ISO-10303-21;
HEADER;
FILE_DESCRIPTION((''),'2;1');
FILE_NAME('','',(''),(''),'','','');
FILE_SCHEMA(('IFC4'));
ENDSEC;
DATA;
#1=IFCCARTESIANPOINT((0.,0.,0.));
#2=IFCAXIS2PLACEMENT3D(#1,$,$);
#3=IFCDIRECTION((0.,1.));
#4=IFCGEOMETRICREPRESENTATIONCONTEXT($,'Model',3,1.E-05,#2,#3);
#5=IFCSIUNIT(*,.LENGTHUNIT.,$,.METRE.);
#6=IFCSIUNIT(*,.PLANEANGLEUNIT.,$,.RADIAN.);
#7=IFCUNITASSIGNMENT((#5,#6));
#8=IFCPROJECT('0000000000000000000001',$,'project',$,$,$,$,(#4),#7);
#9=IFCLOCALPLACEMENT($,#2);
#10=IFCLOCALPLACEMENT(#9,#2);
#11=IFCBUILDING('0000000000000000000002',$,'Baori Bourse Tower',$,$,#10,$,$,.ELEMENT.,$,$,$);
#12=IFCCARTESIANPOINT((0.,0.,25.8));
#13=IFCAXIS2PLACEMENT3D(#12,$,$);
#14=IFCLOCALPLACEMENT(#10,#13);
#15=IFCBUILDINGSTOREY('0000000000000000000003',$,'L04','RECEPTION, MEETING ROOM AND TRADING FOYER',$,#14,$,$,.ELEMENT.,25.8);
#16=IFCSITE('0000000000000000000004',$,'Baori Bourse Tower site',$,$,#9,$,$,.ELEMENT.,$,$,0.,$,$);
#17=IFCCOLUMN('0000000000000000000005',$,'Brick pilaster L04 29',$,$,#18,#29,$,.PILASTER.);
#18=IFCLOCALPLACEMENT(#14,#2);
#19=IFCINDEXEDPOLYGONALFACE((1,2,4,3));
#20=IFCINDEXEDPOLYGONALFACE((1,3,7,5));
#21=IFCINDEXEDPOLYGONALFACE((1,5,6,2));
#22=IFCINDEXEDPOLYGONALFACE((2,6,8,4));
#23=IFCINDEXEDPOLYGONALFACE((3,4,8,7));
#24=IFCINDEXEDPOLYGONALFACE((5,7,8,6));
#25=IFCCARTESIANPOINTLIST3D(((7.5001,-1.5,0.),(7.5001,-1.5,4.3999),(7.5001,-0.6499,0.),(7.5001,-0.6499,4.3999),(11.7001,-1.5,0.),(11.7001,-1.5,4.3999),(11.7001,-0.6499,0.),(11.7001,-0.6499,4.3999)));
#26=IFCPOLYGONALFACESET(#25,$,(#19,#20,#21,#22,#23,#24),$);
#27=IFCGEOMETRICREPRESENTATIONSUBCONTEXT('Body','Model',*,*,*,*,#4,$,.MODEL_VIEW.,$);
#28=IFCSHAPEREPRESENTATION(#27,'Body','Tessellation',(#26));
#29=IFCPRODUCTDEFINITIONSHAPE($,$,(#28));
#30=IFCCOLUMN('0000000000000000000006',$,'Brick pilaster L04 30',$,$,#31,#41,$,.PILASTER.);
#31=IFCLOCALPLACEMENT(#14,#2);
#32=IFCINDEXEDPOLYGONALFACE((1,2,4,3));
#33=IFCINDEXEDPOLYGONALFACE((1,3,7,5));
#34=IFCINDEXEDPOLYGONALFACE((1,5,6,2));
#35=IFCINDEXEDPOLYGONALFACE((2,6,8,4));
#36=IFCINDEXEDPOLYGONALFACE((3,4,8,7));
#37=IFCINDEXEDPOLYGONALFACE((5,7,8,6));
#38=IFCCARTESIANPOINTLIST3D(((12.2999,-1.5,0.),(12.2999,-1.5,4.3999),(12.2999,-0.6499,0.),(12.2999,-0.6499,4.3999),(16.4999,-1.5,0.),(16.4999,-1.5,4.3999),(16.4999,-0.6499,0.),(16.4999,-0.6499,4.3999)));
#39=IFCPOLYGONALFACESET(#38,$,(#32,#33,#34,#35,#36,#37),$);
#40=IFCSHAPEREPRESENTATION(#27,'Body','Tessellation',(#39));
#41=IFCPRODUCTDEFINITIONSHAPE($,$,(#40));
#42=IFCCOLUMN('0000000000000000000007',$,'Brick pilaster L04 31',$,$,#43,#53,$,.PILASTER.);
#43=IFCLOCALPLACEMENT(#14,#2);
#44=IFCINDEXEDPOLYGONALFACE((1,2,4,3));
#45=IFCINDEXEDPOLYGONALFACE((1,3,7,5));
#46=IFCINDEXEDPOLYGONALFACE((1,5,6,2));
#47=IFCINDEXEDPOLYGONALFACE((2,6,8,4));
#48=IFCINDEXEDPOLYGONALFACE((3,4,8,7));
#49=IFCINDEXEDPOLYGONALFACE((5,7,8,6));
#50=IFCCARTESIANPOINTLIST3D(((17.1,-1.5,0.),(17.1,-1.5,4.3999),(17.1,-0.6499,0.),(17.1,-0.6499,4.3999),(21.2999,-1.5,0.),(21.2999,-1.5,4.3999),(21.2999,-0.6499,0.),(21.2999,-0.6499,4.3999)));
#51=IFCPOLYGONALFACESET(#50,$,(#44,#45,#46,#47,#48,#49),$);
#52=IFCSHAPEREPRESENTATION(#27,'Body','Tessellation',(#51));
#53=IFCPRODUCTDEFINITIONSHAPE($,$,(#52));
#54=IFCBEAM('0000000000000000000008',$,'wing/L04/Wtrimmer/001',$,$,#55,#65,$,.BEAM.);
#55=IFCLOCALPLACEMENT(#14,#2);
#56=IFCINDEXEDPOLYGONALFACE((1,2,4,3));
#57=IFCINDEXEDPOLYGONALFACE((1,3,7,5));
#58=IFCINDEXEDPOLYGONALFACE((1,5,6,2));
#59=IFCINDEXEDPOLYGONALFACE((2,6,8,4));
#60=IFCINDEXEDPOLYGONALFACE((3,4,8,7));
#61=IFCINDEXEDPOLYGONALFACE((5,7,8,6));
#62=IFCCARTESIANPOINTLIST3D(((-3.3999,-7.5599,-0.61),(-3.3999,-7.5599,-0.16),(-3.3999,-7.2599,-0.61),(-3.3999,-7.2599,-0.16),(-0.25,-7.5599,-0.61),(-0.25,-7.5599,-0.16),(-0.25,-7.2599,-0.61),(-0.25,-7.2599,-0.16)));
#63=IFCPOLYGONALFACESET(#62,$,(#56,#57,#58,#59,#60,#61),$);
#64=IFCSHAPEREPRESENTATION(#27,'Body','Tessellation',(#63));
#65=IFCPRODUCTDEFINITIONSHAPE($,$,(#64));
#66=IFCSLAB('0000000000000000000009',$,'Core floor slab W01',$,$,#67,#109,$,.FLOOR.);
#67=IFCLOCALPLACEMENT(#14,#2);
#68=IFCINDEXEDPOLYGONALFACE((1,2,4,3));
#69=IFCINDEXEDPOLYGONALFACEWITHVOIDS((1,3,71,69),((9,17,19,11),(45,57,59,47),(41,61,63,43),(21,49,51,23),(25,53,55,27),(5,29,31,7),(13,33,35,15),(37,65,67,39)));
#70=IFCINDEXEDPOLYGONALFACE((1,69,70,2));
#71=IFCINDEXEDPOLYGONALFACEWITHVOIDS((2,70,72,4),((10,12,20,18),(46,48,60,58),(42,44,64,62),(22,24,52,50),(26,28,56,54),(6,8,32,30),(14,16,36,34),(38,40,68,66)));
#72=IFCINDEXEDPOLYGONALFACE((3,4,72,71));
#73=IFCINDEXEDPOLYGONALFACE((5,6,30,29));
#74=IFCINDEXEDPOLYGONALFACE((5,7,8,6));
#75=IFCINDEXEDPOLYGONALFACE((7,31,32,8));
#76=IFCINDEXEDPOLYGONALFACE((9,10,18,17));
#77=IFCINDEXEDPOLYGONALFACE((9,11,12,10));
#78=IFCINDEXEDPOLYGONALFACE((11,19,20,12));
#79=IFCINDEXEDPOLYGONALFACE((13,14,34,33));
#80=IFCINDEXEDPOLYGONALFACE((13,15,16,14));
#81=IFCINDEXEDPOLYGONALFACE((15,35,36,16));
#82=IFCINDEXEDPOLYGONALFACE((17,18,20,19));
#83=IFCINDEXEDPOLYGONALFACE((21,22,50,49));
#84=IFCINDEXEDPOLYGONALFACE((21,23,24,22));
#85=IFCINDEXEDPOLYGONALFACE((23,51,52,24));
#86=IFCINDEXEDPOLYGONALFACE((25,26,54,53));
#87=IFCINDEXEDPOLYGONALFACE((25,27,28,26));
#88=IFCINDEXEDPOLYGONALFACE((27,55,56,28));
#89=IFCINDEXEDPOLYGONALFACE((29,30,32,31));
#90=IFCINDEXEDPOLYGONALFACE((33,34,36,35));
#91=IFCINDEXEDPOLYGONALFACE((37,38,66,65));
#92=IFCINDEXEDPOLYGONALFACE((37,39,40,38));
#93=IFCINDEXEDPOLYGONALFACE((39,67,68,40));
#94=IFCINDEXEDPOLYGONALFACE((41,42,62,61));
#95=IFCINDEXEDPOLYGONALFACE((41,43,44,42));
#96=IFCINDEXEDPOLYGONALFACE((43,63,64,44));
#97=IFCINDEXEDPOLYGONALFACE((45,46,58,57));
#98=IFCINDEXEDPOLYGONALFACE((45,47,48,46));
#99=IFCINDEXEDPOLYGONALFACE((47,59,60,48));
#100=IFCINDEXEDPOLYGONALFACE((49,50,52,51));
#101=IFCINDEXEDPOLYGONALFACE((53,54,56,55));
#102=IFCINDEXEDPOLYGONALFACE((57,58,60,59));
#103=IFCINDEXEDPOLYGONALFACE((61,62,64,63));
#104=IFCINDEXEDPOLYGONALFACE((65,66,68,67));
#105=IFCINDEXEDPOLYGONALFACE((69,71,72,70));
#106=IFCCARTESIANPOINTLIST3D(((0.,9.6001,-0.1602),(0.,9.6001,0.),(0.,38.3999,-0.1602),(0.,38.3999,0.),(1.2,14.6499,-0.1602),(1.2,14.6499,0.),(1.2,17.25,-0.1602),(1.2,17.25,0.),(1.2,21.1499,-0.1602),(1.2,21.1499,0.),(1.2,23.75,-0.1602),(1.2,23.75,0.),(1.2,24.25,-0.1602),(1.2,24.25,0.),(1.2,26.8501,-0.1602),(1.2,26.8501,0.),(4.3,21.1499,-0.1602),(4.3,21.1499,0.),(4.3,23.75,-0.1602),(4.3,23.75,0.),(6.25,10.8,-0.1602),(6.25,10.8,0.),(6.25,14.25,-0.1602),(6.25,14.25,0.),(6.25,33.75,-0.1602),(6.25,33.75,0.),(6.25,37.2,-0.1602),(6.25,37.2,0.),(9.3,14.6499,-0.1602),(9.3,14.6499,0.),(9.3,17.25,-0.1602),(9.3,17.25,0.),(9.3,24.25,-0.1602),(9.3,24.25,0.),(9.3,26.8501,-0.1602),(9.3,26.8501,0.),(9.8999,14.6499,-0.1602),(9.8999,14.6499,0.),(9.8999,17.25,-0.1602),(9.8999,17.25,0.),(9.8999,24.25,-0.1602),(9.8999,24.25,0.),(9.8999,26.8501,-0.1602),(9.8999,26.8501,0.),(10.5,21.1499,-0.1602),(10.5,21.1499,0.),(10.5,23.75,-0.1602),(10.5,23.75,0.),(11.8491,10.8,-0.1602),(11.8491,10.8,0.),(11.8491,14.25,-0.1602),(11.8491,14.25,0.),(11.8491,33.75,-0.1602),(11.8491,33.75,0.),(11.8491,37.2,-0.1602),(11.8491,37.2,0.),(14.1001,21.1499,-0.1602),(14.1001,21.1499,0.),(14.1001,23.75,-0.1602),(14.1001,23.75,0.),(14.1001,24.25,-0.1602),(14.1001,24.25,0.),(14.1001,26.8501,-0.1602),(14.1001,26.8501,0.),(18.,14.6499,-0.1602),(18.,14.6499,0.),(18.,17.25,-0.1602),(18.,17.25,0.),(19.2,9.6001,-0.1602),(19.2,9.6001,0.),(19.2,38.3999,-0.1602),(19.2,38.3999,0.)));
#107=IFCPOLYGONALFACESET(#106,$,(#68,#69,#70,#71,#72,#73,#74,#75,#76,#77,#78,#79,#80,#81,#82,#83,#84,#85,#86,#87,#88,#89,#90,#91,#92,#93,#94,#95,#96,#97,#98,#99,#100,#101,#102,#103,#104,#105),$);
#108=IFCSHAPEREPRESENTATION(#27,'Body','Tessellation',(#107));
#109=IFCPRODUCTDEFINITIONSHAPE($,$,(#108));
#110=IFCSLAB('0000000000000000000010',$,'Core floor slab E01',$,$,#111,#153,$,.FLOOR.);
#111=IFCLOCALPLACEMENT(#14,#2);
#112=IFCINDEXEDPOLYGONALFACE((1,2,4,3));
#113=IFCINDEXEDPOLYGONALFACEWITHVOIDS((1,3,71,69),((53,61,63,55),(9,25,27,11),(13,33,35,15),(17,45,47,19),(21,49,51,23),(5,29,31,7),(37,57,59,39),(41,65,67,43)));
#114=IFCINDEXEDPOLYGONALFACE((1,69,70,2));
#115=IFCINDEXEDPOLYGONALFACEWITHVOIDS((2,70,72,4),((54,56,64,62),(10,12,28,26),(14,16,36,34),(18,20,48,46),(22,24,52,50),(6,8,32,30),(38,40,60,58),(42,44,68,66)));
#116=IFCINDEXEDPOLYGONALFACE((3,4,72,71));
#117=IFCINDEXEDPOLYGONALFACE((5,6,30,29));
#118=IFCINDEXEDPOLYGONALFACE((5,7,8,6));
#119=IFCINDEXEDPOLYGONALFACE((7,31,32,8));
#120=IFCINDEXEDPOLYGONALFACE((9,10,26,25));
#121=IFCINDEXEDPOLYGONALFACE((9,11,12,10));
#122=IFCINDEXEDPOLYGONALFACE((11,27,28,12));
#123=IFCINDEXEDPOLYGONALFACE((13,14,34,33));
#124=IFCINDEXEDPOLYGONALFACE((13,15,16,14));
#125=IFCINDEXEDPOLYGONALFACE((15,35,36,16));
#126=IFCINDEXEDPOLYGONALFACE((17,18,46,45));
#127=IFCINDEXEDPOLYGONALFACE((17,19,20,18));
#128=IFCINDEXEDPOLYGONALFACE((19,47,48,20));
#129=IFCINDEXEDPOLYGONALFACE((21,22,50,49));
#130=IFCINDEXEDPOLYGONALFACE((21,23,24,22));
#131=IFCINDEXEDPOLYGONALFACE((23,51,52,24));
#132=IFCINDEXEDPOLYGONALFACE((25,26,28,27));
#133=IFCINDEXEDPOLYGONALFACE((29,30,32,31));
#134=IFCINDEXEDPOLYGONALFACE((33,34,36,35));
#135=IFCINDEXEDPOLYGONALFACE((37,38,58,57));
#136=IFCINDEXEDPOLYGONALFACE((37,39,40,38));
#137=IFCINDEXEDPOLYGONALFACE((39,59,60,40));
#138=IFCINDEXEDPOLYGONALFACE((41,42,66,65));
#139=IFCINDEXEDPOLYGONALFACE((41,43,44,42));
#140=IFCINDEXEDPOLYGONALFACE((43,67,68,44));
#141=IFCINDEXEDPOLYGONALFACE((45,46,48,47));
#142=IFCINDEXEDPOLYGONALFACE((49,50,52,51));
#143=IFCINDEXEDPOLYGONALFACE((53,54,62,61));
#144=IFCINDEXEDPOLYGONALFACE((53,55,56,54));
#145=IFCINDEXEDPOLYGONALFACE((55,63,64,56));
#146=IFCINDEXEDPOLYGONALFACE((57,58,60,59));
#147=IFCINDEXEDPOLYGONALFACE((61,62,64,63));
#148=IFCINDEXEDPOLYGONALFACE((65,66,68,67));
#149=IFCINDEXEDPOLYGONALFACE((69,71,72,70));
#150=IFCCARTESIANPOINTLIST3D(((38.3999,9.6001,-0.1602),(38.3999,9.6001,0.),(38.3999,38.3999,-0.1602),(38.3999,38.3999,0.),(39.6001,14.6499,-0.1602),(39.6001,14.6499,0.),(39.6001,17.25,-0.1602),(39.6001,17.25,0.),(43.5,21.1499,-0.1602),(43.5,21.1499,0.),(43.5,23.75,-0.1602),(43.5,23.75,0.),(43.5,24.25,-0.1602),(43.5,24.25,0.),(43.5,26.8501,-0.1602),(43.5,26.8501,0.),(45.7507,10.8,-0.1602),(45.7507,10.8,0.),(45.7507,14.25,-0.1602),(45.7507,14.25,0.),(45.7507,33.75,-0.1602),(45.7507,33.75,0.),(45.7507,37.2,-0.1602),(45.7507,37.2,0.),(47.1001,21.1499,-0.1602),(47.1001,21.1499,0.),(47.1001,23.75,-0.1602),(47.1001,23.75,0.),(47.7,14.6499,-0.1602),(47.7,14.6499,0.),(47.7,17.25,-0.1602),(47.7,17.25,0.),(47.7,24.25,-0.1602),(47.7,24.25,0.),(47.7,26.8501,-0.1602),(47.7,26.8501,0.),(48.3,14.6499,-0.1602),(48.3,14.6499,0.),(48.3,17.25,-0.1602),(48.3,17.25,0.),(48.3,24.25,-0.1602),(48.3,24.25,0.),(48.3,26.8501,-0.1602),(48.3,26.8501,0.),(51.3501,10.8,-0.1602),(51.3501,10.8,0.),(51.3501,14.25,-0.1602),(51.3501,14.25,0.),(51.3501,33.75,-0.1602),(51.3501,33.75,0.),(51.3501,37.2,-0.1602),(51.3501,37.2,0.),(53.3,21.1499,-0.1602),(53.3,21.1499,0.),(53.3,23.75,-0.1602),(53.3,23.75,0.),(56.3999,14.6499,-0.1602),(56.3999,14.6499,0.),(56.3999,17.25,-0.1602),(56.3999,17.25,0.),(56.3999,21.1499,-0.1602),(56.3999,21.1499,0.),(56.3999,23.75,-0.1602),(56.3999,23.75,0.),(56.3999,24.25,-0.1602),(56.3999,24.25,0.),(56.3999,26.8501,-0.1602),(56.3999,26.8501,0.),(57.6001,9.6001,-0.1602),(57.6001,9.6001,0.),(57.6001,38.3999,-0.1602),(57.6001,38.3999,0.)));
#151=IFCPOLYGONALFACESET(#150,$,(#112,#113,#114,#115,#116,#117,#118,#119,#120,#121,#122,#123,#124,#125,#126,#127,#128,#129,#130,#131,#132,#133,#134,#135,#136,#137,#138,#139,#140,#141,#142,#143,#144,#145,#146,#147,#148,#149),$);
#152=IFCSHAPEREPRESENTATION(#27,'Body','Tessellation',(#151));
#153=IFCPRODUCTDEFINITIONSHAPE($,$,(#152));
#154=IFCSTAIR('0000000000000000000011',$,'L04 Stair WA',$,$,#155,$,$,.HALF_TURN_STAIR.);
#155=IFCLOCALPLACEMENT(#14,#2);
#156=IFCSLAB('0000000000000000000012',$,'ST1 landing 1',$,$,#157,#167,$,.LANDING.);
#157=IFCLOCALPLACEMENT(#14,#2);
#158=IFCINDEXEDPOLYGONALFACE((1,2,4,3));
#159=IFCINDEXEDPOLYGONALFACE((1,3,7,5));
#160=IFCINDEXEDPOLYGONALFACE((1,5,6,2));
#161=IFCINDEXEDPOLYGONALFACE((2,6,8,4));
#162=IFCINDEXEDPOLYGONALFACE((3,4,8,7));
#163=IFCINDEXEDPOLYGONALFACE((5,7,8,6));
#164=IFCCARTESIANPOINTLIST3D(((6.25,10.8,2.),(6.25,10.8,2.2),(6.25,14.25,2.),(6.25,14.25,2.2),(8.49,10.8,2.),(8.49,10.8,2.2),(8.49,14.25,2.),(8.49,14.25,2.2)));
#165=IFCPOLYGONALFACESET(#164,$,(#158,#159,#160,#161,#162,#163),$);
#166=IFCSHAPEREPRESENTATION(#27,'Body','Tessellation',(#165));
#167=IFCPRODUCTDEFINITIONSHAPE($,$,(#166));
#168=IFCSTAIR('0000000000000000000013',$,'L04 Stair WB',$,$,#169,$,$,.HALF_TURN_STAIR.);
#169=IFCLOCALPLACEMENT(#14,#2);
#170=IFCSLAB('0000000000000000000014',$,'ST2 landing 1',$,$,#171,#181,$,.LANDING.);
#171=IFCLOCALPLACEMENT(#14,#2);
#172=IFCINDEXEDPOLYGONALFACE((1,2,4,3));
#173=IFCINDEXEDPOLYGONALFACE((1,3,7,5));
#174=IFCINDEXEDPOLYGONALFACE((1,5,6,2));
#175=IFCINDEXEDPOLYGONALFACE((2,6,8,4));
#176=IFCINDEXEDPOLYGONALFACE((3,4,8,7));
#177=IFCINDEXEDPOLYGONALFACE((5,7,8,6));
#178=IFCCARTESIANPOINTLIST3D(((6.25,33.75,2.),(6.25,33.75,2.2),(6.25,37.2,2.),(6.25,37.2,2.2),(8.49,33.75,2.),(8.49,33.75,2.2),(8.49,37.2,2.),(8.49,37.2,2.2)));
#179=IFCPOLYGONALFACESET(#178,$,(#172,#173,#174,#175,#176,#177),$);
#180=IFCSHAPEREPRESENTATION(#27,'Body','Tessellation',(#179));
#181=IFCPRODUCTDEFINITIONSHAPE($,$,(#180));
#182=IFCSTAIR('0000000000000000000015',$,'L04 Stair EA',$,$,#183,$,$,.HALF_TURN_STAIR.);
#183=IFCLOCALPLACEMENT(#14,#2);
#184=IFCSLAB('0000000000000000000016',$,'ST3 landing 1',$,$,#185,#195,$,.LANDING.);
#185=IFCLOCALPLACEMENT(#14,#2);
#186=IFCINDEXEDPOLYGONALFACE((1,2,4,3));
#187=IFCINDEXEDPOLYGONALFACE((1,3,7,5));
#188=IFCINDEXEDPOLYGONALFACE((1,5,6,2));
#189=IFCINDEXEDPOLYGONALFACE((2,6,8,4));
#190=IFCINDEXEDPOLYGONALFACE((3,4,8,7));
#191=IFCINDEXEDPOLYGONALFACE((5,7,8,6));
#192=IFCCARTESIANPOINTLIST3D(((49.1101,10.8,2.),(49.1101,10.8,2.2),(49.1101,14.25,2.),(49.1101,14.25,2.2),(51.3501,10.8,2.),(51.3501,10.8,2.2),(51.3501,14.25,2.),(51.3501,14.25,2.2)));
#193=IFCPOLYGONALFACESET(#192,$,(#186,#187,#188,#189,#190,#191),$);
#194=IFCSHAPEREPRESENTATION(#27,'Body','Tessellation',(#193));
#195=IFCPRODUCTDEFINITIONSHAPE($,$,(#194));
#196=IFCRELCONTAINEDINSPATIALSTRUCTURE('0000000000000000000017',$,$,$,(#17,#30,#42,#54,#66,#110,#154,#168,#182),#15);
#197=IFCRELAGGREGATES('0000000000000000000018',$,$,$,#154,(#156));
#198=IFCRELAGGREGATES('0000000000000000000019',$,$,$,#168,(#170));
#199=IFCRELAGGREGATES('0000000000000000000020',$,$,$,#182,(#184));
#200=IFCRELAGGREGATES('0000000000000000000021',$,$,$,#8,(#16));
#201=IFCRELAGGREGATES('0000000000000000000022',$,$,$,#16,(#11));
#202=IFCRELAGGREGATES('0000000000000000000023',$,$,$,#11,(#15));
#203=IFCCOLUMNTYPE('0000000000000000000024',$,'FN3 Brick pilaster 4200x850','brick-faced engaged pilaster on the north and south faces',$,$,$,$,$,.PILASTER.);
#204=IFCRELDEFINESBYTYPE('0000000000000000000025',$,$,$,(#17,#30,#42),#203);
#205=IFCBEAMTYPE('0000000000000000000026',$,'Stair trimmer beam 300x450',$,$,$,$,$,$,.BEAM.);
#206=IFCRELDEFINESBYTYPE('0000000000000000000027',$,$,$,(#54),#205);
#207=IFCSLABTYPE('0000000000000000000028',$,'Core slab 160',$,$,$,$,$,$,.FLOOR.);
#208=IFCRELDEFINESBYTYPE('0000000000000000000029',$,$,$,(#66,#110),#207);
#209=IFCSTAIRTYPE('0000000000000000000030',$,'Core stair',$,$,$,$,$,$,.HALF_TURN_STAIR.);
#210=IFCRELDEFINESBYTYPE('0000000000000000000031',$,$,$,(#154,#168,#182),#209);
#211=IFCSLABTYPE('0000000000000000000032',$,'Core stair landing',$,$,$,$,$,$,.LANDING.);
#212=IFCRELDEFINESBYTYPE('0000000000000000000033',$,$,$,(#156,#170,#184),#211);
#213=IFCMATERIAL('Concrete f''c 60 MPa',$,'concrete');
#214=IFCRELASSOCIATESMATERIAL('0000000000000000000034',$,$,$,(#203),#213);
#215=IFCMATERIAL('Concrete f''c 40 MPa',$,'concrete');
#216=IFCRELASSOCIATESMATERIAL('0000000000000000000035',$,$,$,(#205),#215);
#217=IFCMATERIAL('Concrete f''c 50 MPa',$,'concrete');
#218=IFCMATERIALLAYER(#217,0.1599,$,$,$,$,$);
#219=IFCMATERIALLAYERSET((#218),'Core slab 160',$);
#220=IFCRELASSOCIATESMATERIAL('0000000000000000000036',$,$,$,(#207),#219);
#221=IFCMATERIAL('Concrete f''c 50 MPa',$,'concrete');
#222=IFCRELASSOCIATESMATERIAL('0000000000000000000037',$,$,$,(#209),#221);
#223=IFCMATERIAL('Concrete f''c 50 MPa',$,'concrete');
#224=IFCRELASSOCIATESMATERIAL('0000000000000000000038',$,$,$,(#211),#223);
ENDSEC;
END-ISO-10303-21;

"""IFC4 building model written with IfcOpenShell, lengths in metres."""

from ifc_helpers import new_model, si_unit, direction, frame, origin, origin_2d, place, context, subcontext, project, spatial, polyline, rectangle, outline, extrude, material, layer, layer_set, material_profile, profile_set, type_object, element, aggregate, save


model = new_model("IFC4")

# Units and contexts
model_context = context("Model", 3, precision=1e-05, world=origin(), true_north=direction((0.0, 1.0)))
body_context = subcontext(model_context, "Body", "Model", "MODEL_VIEW")
ifc_project = project(units=[si_unit("LENGTHUNIT", "METRE"), si_unit("PLANEANGLEUNIT", "RADIAN")], contexts=[model_context])

# Site, building, storey
site_placement = place(None, origin())
site = spatial("IfcSite", under=ifc_project, at=site_placement, Name="Baori Bourse Tower site", CompositionType="ELEMENT", RefElevation=0.0)
building_placement = place(site_placement, origin())
building = spatial("IfcBuilding", under=site, at=building_placement, Name="Baori Bourse Tower", CompositionType="ELEMENT")
storey_placement = place(building_placement, frame((0.0, 0.0, 25.8)))
storey = spatial("IfcBuildingStorey", under=building, at=storey_placement, Name="L04", Description="RECEPTION, MEETING ROOM AND TRADING FOYER", CompositionType="ELEMENT", Elevation=25.8)

# Columns
ifc_material_1 = material(Name="Concrete f'c 60 MPa", Category="concrete")
ifc_material_profile_1 = material_profile(ifc_material_1, rectangle(XDim=4.2, YDim=0.8501, at=origin_2d()), Name="RC 4200x850")
ifc_profile_set_1 = profile_set([ifc_material_profile_1], Name="Concrete f'c 60 MPa")
column_type = type_object("IfcColumnType", Name="FN3 Brick pilaster 4200x850", Description="brick-faced engaged pilaster on the north and south faces", PredefinedType="PILASTER", material=ifc_profile_set_1)
for number, where, z_axis, x_axis, name in (
    (1, (9.6001, -1.075, 0.0), (0.0, 0.0, 1.0), (1.0, 0.0, 0.0), "Brick pilaster L04 29"),
    (2, (14.3999, -1.075, 0.0), (0.0, 0.0, 1.0), (1.0, 0.0, 0.0), "Brick pilaster L04 30"),
    (3, (19.2, -1.075, 0.0), (0.0, 0.0, 1.0), (1.0, 0.0, 0.0), "Brick pilaster L04 31"),
):
    element("IfcColumn", number, at=place(storey_placement, frame(where, z_axis=z_axis, x_axis=x_axis)), inside=storey, type_object=column_type, Name=name, PredefinedType="PILASTER", context=body_context, shape_type="SweptSolid", body=[
        extrude(rectangle(XDim=4.2, YDim=0.8501, at=origin_2d()), origin(), (0.0, 0.0, 1.0), 4.3999),
    ])

# Beam
ifc_material_2 = material(Name="Concrete f'c 40 MPa", Category="concrete")
ifc_material_profile_2 = material_profile(ifc_material_2, rectangle(XDim=0.3, YDim=0.45, at=origin_2d()), Name="Stair trimmer beam 300x450")
ifc_profile_set_2 = profile_set([ifc_material_profile_2], Name="Concrete f'c 40 MPa")
beam_type = type_object("IfcBeamType", Name="Stair trimmer beam 300x450", PredefinedType="BEAM", material=ifc_profile_set_2)
beam_placement = place(storey_placement, frame((-0.25, -7.4099, -0.385), z_axis=(-1.0, 0.0, 0.0), x_axis=(0.0, -1.0, 0.0)))
element("IfcBeam", 4, at=beam_placement, inside=storey, type_object=beam_type, Name="wing/L04/Wtrimmer/001", PredefinedType="BEAM", context=body_context, shape_type="SweptSolid", body=[
    extrude(rectangle(XDim=0.3, YDim=0.45, at=origin_2d()), origin(), (0.0, 0.0, 1.0), 3.1499),
])

# Slabs
ifc_material_3 = material(Name="Concrete f'c 50 MPa", Category="concrete")
ifc_layer_1 = layer(ifc_material_3, 0.1599)
ifc_layer_set_1 = layer_set([ifc_layer_1], Name="Core slab 160")
slab_type_1 = type_object("IfcSlabType", Name="Core slab 160", PredefinedType="FLOOR", material=ifc_layer_set_1)
slab_1_placement = place(storey_placement, frame((0.0, 0.0, -0.1602)))
element("IfcSlab", 5, at=slab_1_placement, inside=storey, type_object=slab_type_1, Name="Core floor slab W01", PredefinedType="FLOOR", context=body_context, shape_type="SweptSolid", body=[
    extrude(outline(polyline([(19.2, 9.6001), (19.2, 38.3999), (0.0, 38.3999), (0.0, 9.6001), (19.2, 9.6001)]), holes=[polyline([(9.8999, 14.6499), (9.8999, 17.25), (18.0, 17.25), (18.0, 14.6499), (9.8999, 14.6499)]), polyline([(10.5, 21.1499), (10.5, 23.75), (14.1001, 23.75), (14.1001, 21.1499), (10.5, 21.1499)]), polyline([(14.1001, 24.25), (9.8999, 24.25), (9.8999, 26.8501), (14.1001, 26.8501), (14.1001, 24.25)]), polyline([(6.25, 14.25), (11.8491, 14.25), (11.8491, 10.8), (6.25, 10.8), (6.25, 14.25)]), polyline([(11.8491, 37.2), (11.8491, 33.75), (6.25, 33.75), (6.25, 37.2), (11.8491, 37.2)]), polyline([(1.2, 26.8501), (9.3, 26.8501), (9.3, 24.25), (1.2, 24.25), (1.2, 26.8501)]), polyline([(9.3, 14.6499), (1.2, 14.6499), (1.2, 17.25), (9.3, 17.25), (9.3, 14.6499)]), polyline([(4.3, 23.75), (4.3, 21.1499), (1.2, 21.1499), (1.2, 23.75), (4.3, 23.75)])]), origin(), (0.0, 0.0, 1.0), 0.1602),
])
slab_2_placement = place(storey_placement, frame((0.0, 0.0, -0.1602)))
element("IfcSlab", 6, at=slab_2_placement, inside=storey, type_object=slab_type_1, Name="Core floor slab E01", PredefinedType="FLOOR", context=body_context, shape_type="SweptSolid", body=[
    extrude(outline(polyline([(38.3999, 9.6001), (57.6001, 9.6001), (57.6001, 38.3999), (38.3999, 38.3999), (38.3999, 9.6001)]), holes=[polyline([(48.3, 14.6499), (48.3, 17.25), (56.3999, 17.25), (56.3999, 14.6499), (48.3, 14.6499)]), polyline([(56.3999, 21.1499), (53.3, 21.1499), (53.3, 23.75), (56.3999, 23.75), (56.3999, 21.1499)]), polyline([(56.3999, 26.8501), (56.3999, 24.25), (48.3, 24.25), (48.3, 26.8501), (56.3999, 26.8501)]), polyline([(45.7507, 14.25), (51.3501, 14.25), (51.3501, 10.8), (45.7507, 10.8), (45.7507, 14.25)]), polyline([(51.3501, 37.2), (51.3501, 33.75), (45.7507, 33.75), (45.7507, 37.2), (51.3501, 37.2)]), polyline([(39.6001, 17.25), (47.7, 17.25), (47.7, 14.6499), (39.6001, 14.6499), (39.6001, 17.25)]), polyline([(43.5, 24.25), (43.5, 26.8501), (47.7, 26.8501), (47.7, 24.25), (43.5, 24.25)]), polyline([(43.5, 23.75), (47.1001, 23.75), (47.1001, 21.1499), (43.5, 21.1499), (43.5, 23.75)])]), origin(), (0.0, 0.0, 1.0), 0.1602),
])

# Stairs, slabs
ifc_material_4 = material(Name="Concrete f'c 50 MPa", Category="concrete")
stair_type = type_object("IfcStairType", Name="Core stair", PredefinedType="HALF_TURN_STAIR", material=ifc_material_4)
stair_1_placement = place(storey_placement, origin())
stair_1 = element("IfcStair", 7, at=stair_1_placement, inside=storey, type_object=stair_type, Name="L04 Stair WA", PredefinedType="HALF_TURN_STAIR")
ifc_material_5 = material(Name="Concrete f'c 50 MPa", Category="concrete")
slab_type_2 = type_object("IfcSlabType", Name="Core stair landing", PredefinedType="LANDING", material=ifc_material_5)
slab_3_placement = place(storey_placement, frame((0.0, 0.0, 2.0)))
slab_3 = element("IfcSlab", 8, at=slab_3_placement, type_object=slab_type_2, Name="ST1 landing 1", PredefinedType="LANDING", context=body_context, shape_type="SweptSolid", body=[
    extrude(outline(polyline([(8.49, 14.25), (6.25, 14.25), (6.25, 10.8), (8.49, 10.8), (8.49, 14.25)])), origin(), (0.0, 0.0, 1.0), 0.2),
])
aggregate(stair_1, [slab_3])
stair_2_placement = place(storey_placement, origin())
stair_2 = element("IfcStair", 9, at=stair_2_placement, inside=storey, type_object=stair_type, Name="L04 Stair WB", PredefinedType="HALF_TURN_STAIR")
slab_4_placement = place(storey_placement, frame((0.0, 0.0, 2.0)))
slab_4 = element("IfcSlab", 10, at=slab_4_placement, type_object=slab_type_2, Name="ST2 landing 1", PredefinedType="LANDING", context=body_context, shape_type="SweptSolid", body=[
    extrude(outline(polyline([(8.49, 37.2), (6.25, 37.2), (6.25, 33.75), (8.49, 33.75), (8.49, 37.2)])), origin(), (0.0, 0.0, 1.0), 0.2),
])
aggregate(stair_2, [slab_4])
stair_3_placement = place(storey_placement, origin())
stair_3 = element("IfcStair", 11, at=stair_3_placement, inside=storey, type_object=stair_type, Name="L04 Stair EA", PredefinedType="HALF_TURN_STAIR")
slab_5_placement = place(storey_placement, frame((0.0, 0.0, 2.0)))
slab_5 = element("IfcSlab", 12, at=slab_5_placement, type_object=slab_type_2, Name="ST3 landing 1", PredefinedType="LANDING", context=body_context, shape_type="SweptSolid", body=[
    extrude(outline(polyline([(49.1101, 10.8), (51.3501, 10.8), (51.3501, 14.25), (49.1101, 14.25), (49.1101, 10.8)])), origin(), (0.0, 0.0, 1.0), 0.2),
])
aggregate(stair_3, [slab_5])

save(model, "model.ifc")
